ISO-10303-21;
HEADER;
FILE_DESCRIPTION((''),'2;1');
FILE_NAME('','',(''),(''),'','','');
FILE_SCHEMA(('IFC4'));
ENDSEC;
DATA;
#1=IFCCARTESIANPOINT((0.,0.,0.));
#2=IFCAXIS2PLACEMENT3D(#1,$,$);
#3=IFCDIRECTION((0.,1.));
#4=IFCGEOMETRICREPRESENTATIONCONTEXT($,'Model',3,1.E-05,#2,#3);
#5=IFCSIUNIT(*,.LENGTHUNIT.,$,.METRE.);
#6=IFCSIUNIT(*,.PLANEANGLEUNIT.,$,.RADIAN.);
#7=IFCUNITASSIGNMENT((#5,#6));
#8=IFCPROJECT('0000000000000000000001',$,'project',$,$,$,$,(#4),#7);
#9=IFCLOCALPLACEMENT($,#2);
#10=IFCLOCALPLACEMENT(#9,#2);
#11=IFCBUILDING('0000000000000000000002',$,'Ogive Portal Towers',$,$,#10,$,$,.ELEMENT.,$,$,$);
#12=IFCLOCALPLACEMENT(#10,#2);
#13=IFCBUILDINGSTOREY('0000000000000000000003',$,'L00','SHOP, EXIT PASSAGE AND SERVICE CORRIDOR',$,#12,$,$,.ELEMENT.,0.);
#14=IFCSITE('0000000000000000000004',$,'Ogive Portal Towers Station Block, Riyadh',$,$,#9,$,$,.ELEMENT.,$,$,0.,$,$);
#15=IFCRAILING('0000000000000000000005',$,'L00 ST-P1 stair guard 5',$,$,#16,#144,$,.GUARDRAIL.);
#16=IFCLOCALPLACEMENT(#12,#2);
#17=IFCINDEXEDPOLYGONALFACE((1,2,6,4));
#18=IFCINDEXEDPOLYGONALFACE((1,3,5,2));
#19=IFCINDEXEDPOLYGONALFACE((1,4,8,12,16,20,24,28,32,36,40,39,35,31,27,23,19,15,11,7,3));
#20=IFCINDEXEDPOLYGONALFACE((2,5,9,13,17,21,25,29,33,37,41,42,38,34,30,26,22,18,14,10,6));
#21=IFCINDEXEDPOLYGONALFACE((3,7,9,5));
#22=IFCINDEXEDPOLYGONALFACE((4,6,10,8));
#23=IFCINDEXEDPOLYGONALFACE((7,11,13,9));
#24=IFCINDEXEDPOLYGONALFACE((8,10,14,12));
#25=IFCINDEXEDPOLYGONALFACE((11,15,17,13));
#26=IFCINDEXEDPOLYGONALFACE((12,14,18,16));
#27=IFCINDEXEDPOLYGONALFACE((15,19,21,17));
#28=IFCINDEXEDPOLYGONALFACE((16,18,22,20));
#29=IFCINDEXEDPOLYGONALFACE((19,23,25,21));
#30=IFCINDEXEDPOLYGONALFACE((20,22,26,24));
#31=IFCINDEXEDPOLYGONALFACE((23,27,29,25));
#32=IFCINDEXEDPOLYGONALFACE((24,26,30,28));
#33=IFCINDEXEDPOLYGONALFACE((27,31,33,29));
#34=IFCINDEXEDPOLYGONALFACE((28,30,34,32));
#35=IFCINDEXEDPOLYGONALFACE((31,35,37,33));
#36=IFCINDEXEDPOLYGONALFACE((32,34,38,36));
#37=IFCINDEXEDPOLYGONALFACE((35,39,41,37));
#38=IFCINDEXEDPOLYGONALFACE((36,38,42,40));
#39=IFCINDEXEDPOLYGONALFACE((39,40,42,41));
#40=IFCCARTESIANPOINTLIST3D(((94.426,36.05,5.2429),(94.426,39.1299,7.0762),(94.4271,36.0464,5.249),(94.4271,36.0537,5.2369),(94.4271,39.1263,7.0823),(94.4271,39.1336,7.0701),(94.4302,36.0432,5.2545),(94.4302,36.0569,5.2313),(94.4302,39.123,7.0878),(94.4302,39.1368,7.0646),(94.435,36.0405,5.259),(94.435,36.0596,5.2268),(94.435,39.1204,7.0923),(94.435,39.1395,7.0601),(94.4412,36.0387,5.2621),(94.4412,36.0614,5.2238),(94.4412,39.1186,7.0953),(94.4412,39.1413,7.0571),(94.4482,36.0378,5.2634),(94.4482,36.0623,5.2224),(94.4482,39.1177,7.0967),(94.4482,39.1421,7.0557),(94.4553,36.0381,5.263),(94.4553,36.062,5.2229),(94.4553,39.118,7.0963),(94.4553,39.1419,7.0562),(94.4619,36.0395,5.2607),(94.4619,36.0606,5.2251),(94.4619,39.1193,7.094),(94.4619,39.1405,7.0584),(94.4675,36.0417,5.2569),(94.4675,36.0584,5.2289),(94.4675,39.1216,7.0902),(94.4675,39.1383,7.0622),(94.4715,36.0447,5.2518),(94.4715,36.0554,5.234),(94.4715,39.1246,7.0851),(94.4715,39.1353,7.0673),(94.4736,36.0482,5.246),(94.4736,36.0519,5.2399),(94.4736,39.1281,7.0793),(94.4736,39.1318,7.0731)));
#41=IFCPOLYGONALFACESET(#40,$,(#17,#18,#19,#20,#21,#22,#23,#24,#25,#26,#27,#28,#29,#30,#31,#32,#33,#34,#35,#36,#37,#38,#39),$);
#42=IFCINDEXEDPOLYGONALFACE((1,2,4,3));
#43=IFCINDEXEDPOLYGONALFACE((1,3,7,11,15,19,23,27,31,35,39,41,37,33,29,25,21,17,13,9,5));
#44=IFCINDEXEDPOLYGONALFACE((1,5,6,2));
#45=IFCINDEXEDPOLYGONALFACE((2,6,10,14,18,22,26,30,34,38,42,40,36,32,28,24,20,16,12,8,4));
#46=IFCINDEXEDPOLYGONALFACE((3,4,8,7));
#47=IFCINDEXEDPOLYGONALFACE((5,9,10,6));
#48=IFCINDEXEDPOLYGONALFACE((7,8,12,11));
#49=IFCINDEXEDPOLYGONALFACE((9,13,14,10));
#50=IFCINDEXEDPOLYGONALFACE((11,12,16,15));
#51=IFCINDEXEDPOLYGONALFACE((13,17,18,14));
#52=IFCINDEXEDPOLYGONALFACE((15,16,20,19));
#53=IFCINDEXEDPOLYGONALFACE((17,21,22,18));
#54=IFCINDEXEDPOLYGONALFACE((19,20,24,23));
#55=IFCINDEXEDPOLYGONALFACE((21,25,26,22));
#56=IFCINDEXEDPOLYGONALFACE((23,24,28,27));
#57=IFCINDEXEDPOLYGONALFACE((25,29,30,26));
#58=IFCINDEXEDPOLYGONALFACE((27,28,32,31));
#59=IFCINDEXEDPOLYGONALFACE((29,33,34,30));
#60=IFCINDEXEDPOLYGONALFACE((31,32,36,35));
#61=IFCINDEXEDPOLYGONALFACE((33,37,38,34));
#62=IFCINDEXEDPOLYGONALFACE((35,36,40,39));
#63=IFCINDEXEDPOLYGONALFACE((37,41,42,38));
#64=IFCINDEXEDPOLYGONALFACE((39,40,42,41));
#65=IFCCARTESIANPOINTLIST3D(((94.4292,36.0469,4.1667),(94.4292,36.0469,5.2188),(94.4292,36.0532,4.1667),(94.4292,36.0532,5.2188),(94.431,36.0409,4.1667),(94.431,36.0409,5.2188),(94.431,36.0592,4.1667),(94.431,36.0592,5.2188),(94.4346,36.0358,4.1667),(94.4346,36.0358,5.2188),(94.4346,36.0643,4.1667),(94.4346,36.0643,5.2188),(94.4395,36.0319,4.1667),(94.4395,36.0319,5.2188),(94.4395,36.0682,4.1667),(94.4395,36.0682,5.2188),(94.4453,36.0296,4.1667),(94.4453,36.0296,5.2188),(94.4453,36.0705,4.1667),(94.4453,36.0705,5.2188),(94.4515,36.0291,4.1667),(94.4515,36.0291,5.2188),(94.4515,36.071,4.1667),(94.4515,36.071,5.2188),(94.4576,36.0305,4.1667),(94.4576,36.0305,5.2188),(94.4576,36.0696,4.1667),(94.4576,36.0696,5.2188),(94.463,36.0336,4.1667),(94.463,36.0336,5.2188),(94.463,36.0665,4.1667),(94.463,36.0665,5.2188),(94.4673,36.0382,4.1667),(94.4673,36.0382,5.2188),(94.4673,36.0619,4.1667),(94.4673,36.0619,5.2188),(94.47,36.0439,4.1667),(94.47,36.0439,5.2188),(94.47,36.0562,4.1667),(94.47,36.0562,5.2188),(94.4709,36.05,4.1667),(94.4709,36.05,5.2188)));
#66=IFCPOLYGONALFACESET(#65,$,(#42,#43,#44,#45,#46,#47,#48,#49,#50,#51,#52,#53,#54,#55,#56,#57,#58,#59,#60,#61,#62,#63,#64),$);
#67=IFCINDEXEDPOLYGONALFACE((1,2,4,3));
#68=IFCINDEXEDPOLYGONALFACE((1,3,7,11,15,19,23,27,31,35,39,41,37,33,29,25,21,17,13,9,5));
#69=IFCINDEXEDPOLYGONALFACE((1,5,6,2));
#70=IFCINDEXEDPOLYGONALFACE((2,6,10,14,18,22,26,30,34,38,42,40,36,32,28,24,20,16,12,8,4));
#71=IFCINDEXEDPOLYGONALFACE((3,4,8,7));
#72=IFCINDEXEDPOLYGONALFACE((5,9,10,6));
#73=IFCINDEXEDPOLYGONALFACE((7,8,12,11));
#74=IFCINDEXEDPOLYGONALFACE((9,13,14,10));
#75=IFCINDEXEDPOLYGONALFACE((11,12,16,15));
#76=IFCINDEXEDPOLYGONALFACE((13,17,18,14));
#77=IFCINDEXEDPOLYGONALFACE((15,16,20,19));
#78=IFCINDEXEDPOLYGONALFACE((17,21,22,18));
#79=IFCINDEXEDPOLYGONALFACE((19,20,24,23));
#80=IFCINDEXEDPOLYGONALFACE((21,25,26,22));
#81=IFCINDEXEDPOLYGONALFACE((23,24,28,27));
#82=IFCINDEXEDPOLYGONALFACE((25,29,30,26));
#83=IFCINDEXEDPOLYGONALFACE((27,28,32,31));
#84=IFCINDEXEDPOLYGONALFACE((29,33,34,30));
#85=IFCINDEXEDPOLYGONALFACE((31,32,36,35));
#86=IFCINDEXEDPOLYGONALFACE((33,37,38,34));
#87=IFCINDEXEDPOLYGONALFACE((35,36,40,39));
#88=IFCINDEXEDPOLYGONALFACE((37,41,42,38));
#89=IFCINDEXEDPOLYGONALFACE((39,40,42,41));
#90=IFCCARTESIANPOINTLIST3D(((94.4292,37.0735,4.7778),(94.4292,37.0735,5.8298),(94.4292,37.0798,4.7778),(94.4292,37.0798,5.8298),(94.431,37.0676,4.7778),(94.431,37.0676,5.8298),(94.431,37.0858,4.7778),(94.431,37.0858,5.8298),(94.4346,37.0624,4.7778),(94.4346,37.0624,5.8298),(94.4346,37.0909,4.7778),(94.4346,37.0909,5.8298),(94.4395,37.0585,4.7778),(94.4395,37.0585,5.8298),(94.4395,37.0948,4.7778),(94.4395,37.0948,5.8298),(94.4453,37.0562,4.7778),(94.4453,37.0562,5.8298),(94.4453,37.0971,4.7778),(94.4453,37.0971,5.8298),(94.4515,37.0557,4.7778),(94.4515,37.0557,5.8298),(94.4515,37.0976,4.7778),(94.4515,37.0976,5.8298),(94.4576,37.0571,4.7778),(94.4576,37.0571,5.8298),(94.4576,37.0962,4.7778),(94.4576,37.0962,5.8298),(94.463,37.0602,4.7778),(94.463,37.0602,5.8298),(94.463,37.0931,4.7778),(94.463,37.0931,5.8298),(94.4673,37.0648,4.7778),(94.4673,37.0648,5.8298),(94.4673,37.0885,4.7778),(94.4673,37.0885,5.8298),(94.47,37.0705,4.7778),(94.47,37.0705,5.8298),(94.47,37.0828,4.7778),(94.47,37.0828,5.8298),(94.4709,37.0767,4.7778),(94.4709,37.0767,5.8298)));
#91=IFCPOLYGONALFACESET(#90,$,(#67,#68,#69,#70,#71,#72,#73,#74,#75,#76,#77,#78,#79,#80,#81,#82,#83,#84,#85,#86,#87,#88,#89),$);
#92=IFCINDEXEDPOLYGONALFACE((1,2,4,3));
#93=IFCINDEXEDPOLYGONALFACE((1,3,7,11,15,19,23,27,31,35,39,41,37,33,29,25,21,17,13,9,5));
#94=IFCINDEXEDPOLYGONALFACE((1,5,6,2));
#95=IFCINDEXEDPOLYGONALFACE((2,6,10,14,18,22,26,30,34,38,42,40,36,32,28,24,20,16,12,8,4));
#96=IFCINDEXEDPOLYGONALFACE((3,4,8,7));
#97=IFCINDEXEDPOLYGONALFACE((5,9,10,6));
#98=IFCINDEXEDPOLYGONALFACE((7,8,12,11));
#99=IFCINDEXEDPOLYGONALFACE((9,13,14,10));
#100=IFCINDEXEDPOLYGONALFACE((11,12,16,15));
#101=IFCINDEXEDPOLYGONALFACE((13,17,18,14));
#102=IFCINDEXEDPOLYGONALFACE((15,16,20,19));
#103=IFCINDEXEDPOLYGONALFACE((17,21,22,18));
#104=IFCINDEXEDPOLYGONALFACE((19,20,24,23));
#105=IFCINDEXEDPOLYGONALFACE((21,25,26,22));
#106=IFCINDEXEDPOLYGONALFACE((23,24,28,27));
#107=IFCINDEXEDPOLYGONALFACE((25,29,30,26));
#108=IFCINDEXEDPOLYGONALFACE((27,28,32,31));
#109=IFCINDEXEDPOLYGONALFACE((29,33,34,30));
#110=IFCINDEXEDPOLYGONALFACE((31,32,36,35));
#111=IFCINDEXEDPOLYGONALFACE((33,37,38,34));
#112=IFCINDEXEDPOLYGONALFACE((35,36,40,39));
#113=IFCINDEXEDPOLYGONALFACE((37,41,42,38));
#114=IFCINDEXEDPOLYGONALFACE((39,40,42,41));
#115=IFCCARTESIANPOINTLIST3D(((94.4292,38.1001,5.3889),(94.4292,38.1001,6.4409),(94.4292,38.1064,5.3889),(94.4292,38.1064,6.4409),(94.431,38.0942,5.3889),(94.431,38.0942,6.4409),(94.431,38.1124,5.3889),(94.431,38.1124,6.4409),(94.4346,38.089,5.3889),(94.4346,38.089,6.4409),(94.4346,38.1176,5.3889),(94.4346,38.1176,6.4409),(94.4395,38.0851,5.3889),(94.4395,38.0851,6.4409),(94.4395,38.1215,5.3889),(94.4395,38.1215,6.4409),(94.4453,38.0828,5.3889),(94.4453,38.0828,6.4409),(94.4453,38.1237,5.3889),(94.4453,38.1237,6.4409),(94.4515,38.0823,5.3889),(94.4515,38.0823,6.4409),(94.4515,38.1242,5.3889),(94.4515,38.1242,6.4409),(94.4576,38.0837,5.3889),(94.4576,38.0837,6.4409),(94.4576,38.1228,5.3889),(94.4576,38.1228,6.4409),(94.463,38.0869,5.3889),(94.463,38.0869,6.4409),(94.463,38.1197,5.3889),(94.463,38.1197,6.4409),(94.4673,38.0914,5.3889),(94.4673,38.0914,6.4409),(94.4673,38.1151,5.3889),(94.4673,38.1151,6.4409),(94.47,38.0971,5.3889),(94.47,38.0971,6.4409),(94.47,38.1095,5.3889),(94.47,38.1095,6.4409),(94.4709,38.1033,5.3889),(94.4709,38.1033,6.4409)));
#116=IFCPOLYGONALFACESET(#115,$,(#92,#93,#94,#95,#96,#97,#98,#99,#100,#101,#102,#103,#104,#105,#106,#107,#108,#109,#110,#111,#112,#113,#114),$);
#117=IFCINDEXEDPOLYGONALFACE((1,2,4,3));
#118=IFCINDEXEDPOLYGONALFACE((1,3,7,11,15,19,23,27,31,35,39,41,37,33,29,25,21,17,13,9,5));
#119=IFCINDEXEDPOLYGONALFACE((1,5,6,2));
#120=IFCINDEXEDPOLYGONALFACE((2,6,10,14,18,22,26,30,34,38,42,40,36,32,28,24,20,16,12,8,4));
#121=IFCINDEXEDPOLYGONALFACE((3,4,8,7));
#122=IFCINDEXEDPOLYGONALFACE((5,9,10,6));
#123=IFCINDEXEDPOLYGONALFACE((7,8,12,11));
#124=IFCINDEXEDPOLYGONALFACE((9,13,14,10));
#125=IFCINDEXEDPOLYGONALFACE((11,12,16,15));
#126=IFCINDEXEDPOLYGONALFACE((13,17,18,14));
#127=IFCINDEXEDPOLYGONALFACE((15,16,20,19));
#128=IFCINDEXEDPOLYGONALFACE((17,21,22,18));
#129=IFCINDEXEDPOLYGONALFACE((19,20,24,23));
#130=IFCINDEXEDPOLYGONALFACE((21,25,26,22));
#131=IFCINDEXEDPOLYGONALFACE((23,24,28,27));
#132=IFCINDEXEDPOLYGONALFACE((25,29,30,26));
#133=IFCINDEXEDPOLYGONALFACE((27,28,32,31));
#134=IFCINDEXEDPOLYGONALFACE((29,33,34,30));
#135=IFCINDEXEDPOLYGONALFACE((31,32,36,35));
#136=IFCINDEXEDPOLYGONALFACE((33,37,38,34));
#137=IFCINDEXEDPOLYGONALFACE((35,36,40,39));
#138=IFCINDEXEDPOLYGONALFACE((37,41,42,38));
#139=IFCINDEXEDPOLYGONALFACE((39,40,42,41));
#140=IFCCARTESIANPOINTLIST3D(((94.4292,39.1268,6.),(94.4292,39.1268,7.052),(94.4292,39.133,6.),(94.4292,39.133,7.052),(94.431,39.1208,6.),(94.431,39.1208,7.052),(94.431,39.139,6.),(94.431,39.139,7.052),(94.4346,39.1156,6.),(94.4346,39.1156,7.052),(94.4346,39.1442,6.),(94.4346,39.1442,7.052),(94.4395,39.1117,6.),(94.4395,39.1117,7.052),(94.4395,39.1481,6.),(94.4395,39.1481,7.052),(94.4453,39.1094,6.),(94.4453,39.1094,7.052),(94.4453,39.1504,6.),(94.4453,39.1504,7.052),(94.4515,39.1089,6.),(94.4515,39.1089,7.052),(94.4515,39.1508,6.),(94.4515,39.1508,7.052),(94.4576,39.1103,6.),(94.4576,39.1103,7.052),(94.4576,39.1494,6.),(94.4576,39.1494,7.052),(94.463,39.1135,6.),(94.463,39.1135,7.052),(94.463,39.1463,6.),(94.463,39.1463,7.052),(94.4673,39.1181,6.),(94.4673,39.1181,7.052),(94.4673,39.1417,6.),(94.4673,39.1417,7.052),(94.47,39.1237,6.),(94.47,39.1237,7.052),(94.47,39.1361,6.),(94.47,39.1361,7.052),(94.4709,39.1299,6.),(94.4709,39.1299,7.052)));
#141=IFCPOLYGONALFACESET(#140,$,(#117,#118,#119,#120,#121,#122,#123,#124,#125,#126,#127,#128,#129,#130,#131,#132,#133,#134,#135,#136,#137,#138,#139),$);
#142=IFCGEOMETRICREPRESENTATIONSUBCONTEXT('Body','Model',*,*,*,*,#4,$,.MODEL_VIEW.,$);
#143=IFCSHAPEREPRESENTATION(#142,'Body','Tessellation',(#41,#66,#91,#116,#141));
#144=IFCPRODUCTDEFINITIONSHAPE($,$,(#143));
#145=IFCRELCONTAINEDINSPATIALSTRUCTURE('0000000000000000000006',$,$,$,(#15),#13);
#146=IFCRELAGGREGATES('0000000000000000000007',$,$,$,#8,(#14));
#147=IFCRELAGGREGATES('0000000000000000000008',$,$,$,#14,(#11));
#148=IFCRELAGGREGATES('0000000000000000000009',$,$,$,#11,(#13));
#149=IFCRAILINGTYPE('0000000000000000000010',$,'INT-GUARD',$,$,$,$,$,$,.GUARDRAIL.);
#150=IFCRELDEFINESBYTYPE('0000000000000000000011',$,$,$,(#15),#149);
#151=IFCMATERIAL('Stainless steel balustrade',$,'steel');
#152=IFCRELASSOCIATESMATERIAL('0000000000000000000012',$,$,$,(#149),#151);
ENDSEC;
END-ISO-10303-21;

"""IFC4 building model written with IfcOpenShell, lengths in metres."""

from ifc_helpers import new_model, si_unit, direction, frame, origin, origin_2d, place, context, subcontext, project, spatial, circle, extrude, material, type_object, element, save


model = new_model("IFC4")

# Units and contexts
model_context = context("Model", 3, precision=1e-05, world=origin(), true_north=direction((0.0, 1.0)))
body_context = subcontext(model_context, "Body", "Model", "MODEL_VIEW")
ifc_project = project(units=[si_unit("LENGTHUNIT", "METRE"), si_unit("PLANEANGLEUNIT", "RADIAN")], contexts=[model_context])

# Site, building, storey
site_placement = place(None, origin())
site = spatial("IfcSite", under=ifc_project, at=site_placement, Name="Ogive Portal Towers Station Block, Riyadh", CompositionType="ELEMENT", RefElevation=0.0)
building_placement = place(site_placement, origin())
building = spatial("IfcBuilding", under=site, at=building_placement, Name="Ogive Portal Towers", CompositionType="ELEMENT")
storey_placement = place(building_placement, origin())
storey = spatial("IfcBuildingStorey", under=building, at=storey_placement, Name="L00", Description="SHOP, EXIT PASSAGE AND SERVICE CORRIDOR", CompositionType="ELEMENT", Elevation=0.0)

# Railing
ifc_material_1 = material(Name="Stainless steel balustrade", Category="steel")
railing_type_1 = type_object("IfcRailingType", Name="INT-GUARD", PredefinedType="GUARDRAIL", material=ifc_material_1)
railing_1_placement = place(storey_placement, frame((94.45, 36.05, 4.1667)))
element("IfcRailing", 1, at=railing_1_placement, inside=storey, type_object=railing_type_1, Name="L00 ST-P1 stair guard 5", PredefinedType="GUARDRAIL", context=body_context, shape_type="SweptSolid", body=[
    extrude(circle(Radius=0.0239, at=origin_2d()), frame((0.0, 0.0, 1.0762), z_axis=(0.0, 0.859291, 0.511487), x_axis=(-1.0, 0.0, 0.0)), (0.0, 0.0, 1.0), 3.5842),
    extrude(circle(Radius=0.021, at=origin_2d()), origin(), (0.0, 0.0, 1.0), 1.052),
    extrude(circle(Radius=0.021, at=origin_2d()), frame((0.0, 1.0266, 0.6111)), (0.0, 0.0, 1.0), 1.052),
    extrude(circle(Radius=0.021, at=origin_2d()), frame((0.0, 2.0532, 1.2222)), (0.0, 0.0, 1.0), 1.052),
    extrude(circle(Radius=0.021, at=origin_2d()), frame((0.0, 3.0798, 1.8333)), (0.0, 0.0, 1.0), 1.052),
])

save(model, "model.ifc")
